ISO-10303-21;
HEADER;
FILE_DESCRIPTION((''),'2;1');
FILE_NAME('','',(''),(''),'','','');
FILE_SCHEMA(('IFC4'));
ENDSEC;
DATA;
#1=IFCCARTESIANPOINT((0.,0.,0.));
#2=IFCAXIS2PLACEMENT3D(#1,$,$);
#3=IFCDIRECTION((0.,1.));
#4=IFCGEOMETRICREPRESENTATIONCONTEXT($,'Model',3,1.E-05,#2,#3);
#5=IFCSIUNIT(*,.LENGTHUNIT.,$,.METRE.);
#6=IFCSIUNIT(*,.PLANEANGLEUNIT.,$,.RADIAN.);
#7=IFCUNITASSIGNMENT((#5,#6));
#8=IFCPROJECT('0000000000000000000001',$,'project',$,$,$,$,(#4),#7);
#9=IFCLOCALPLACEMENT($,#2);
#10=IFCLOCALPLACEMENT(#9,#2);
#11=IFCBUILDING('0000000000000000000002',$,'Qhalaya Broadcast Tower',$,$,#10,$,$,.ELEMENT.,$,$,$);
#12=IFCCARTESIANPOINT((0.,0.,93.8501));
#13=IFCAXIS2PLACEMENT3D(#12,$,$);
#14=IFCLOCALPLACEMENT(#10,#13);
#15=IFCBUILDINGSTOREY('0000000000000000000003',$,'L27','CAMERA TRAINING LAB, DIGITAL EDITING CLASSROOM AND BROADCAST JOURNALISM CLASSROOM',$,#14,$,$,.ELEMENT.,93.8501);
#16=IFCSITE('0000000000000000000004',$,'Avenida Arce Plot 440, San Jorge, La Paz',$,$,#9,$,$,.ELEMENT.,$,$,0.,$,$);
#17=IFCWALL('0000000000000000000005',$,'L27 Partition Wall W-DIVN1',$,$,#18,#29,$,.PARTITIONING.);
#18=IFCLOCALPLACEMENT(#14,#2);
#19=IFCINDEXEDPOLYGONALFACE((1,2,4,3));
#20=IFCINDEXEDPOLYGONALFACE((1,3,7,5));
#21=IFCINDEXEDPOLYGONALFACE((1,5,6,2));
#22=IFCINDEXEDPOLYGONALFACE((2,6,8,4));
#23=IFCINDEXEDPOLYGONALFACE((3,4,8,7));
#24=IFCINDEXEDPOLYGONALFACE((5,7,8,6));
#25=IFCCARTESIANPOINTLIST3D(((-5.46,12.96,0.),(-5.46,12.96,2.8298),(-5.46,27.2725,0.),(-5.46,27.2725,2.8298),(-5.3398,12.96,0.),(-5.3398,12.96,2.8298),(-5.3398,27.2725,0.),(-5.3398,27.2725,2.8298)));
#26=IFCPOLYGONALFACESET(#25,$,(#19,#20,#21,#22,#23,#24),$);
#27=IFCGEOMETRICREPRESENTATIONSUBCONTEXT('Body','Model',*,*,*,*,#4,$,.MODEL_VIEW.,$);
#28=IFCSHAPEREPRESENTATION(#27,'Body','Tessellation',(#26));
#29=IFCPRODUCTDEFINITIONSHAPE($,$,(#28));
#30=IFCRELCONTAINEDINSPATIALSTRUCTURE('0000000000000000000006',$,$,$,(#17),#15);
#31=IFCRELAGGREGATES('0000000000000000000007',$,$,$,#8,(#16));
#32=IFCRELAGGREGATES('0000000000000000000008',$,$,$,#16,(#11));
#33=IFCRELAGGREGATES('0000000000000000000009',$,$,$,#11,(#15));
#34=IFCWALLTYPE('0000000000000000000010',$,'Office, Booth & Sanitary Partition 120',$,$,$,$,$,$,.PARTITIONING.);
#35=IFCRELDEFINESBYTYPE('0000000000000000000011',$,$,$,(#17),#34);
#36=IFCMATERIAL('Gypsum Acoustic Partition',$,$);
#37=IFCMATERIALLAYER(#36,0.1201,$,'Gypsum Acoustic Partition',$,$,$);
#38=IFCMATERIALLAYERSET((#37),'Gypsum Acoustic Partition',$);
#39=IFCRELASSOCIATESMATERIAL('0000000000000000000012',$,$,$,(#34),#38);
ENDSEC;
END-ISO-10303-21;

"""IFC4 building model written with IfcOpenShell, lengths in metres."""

from ifc_helpers import new_model, si_unit, direction, frame, frame_2d, origin, place, context, subcontext, project, spatial, rectangle, extrude, material, layer, layer_set, type_object, element, save


model = new_model("IFC4")

# Units and contexts
model_context = context("Model", 3, precision=1e-05, world=origin(), true_north=direction((0.0, 1.0)))
body_context = subcontext(model_context, "Body", "Model", "MODEL_VIEW")
ifc_project = project(units=[si_unit("LENGTHUNIT", "METRE"), si_unit("PLANEANGLEUNIT", "RADIAN")], contexts=[model_context])

# Site, building, storey
site_placement = place(None, origin())
site = spatial("IfcSite", under=ifc_project, at=site_placement, Name="Avenida Arce Plot 440, San Jorge, La Paz", CompositionType="ELEMENT", RefElevation=0.0)
building_placement = place(site_placement, origin())
building = spatial("IfcBuilding", under=site, at=building_placement, Name="Qhalaya Broadcast Tower", CompositionType="ELEMENT")
storey_placement = place(building_placement, frame((0.0, 0.0, 93.8501)))
storey = spatial("IfcBuildingStorey", under=building, at=storey_placement, Name="L27", Description="CAMERA TRAINING LAB, DIGITAL EDITING CLASSROOM AND BROADCAST JOURNALISM CLASSROOM", CompositionType="ELEMENT", Elevation=93.8501)

# Shared definitions
ifc_material_1 = material(Name="Gypsum Acoustic Partition")

# Wall
ifc_layer_1 = layer(ifc_material_1, 0.1201, Name="Gypsum Acoustic Partition")
ifc_layer_set_1 = layer_set([ifc_layer_1], Name="Gypsum Acoustic Partition")
wall_type_1 = type_object("IfcWallType", Name="Office, Booth & Sanitary Partition 120", PredefinedType="PARTITIONING", material=ifc_layer_set_1)
wall_1_placement = place(storey_placement, frame((-5.3999, 12.96, 0.0), z_axis=(0.0, 0.0, 1.0), x_axis=(0.0, 1.0, 0.0)))
element("IfcWall", 1, at=wall_1_placement, inside=storey, type_object=wall_type_1, Name="L27 Partition Wall W-DIVN1", PredefinedType="PARTITIONING", context=body_context, shape_type="SweptSolid", body=[
    extrude(rectangle(XDim=14.3125, YDim=0.1201, at=frame_2d((7.1562, 0.0))), origin(), (0.0, 0.0, 1.0), 2.8298),
])

save(model, "model.ifc")
